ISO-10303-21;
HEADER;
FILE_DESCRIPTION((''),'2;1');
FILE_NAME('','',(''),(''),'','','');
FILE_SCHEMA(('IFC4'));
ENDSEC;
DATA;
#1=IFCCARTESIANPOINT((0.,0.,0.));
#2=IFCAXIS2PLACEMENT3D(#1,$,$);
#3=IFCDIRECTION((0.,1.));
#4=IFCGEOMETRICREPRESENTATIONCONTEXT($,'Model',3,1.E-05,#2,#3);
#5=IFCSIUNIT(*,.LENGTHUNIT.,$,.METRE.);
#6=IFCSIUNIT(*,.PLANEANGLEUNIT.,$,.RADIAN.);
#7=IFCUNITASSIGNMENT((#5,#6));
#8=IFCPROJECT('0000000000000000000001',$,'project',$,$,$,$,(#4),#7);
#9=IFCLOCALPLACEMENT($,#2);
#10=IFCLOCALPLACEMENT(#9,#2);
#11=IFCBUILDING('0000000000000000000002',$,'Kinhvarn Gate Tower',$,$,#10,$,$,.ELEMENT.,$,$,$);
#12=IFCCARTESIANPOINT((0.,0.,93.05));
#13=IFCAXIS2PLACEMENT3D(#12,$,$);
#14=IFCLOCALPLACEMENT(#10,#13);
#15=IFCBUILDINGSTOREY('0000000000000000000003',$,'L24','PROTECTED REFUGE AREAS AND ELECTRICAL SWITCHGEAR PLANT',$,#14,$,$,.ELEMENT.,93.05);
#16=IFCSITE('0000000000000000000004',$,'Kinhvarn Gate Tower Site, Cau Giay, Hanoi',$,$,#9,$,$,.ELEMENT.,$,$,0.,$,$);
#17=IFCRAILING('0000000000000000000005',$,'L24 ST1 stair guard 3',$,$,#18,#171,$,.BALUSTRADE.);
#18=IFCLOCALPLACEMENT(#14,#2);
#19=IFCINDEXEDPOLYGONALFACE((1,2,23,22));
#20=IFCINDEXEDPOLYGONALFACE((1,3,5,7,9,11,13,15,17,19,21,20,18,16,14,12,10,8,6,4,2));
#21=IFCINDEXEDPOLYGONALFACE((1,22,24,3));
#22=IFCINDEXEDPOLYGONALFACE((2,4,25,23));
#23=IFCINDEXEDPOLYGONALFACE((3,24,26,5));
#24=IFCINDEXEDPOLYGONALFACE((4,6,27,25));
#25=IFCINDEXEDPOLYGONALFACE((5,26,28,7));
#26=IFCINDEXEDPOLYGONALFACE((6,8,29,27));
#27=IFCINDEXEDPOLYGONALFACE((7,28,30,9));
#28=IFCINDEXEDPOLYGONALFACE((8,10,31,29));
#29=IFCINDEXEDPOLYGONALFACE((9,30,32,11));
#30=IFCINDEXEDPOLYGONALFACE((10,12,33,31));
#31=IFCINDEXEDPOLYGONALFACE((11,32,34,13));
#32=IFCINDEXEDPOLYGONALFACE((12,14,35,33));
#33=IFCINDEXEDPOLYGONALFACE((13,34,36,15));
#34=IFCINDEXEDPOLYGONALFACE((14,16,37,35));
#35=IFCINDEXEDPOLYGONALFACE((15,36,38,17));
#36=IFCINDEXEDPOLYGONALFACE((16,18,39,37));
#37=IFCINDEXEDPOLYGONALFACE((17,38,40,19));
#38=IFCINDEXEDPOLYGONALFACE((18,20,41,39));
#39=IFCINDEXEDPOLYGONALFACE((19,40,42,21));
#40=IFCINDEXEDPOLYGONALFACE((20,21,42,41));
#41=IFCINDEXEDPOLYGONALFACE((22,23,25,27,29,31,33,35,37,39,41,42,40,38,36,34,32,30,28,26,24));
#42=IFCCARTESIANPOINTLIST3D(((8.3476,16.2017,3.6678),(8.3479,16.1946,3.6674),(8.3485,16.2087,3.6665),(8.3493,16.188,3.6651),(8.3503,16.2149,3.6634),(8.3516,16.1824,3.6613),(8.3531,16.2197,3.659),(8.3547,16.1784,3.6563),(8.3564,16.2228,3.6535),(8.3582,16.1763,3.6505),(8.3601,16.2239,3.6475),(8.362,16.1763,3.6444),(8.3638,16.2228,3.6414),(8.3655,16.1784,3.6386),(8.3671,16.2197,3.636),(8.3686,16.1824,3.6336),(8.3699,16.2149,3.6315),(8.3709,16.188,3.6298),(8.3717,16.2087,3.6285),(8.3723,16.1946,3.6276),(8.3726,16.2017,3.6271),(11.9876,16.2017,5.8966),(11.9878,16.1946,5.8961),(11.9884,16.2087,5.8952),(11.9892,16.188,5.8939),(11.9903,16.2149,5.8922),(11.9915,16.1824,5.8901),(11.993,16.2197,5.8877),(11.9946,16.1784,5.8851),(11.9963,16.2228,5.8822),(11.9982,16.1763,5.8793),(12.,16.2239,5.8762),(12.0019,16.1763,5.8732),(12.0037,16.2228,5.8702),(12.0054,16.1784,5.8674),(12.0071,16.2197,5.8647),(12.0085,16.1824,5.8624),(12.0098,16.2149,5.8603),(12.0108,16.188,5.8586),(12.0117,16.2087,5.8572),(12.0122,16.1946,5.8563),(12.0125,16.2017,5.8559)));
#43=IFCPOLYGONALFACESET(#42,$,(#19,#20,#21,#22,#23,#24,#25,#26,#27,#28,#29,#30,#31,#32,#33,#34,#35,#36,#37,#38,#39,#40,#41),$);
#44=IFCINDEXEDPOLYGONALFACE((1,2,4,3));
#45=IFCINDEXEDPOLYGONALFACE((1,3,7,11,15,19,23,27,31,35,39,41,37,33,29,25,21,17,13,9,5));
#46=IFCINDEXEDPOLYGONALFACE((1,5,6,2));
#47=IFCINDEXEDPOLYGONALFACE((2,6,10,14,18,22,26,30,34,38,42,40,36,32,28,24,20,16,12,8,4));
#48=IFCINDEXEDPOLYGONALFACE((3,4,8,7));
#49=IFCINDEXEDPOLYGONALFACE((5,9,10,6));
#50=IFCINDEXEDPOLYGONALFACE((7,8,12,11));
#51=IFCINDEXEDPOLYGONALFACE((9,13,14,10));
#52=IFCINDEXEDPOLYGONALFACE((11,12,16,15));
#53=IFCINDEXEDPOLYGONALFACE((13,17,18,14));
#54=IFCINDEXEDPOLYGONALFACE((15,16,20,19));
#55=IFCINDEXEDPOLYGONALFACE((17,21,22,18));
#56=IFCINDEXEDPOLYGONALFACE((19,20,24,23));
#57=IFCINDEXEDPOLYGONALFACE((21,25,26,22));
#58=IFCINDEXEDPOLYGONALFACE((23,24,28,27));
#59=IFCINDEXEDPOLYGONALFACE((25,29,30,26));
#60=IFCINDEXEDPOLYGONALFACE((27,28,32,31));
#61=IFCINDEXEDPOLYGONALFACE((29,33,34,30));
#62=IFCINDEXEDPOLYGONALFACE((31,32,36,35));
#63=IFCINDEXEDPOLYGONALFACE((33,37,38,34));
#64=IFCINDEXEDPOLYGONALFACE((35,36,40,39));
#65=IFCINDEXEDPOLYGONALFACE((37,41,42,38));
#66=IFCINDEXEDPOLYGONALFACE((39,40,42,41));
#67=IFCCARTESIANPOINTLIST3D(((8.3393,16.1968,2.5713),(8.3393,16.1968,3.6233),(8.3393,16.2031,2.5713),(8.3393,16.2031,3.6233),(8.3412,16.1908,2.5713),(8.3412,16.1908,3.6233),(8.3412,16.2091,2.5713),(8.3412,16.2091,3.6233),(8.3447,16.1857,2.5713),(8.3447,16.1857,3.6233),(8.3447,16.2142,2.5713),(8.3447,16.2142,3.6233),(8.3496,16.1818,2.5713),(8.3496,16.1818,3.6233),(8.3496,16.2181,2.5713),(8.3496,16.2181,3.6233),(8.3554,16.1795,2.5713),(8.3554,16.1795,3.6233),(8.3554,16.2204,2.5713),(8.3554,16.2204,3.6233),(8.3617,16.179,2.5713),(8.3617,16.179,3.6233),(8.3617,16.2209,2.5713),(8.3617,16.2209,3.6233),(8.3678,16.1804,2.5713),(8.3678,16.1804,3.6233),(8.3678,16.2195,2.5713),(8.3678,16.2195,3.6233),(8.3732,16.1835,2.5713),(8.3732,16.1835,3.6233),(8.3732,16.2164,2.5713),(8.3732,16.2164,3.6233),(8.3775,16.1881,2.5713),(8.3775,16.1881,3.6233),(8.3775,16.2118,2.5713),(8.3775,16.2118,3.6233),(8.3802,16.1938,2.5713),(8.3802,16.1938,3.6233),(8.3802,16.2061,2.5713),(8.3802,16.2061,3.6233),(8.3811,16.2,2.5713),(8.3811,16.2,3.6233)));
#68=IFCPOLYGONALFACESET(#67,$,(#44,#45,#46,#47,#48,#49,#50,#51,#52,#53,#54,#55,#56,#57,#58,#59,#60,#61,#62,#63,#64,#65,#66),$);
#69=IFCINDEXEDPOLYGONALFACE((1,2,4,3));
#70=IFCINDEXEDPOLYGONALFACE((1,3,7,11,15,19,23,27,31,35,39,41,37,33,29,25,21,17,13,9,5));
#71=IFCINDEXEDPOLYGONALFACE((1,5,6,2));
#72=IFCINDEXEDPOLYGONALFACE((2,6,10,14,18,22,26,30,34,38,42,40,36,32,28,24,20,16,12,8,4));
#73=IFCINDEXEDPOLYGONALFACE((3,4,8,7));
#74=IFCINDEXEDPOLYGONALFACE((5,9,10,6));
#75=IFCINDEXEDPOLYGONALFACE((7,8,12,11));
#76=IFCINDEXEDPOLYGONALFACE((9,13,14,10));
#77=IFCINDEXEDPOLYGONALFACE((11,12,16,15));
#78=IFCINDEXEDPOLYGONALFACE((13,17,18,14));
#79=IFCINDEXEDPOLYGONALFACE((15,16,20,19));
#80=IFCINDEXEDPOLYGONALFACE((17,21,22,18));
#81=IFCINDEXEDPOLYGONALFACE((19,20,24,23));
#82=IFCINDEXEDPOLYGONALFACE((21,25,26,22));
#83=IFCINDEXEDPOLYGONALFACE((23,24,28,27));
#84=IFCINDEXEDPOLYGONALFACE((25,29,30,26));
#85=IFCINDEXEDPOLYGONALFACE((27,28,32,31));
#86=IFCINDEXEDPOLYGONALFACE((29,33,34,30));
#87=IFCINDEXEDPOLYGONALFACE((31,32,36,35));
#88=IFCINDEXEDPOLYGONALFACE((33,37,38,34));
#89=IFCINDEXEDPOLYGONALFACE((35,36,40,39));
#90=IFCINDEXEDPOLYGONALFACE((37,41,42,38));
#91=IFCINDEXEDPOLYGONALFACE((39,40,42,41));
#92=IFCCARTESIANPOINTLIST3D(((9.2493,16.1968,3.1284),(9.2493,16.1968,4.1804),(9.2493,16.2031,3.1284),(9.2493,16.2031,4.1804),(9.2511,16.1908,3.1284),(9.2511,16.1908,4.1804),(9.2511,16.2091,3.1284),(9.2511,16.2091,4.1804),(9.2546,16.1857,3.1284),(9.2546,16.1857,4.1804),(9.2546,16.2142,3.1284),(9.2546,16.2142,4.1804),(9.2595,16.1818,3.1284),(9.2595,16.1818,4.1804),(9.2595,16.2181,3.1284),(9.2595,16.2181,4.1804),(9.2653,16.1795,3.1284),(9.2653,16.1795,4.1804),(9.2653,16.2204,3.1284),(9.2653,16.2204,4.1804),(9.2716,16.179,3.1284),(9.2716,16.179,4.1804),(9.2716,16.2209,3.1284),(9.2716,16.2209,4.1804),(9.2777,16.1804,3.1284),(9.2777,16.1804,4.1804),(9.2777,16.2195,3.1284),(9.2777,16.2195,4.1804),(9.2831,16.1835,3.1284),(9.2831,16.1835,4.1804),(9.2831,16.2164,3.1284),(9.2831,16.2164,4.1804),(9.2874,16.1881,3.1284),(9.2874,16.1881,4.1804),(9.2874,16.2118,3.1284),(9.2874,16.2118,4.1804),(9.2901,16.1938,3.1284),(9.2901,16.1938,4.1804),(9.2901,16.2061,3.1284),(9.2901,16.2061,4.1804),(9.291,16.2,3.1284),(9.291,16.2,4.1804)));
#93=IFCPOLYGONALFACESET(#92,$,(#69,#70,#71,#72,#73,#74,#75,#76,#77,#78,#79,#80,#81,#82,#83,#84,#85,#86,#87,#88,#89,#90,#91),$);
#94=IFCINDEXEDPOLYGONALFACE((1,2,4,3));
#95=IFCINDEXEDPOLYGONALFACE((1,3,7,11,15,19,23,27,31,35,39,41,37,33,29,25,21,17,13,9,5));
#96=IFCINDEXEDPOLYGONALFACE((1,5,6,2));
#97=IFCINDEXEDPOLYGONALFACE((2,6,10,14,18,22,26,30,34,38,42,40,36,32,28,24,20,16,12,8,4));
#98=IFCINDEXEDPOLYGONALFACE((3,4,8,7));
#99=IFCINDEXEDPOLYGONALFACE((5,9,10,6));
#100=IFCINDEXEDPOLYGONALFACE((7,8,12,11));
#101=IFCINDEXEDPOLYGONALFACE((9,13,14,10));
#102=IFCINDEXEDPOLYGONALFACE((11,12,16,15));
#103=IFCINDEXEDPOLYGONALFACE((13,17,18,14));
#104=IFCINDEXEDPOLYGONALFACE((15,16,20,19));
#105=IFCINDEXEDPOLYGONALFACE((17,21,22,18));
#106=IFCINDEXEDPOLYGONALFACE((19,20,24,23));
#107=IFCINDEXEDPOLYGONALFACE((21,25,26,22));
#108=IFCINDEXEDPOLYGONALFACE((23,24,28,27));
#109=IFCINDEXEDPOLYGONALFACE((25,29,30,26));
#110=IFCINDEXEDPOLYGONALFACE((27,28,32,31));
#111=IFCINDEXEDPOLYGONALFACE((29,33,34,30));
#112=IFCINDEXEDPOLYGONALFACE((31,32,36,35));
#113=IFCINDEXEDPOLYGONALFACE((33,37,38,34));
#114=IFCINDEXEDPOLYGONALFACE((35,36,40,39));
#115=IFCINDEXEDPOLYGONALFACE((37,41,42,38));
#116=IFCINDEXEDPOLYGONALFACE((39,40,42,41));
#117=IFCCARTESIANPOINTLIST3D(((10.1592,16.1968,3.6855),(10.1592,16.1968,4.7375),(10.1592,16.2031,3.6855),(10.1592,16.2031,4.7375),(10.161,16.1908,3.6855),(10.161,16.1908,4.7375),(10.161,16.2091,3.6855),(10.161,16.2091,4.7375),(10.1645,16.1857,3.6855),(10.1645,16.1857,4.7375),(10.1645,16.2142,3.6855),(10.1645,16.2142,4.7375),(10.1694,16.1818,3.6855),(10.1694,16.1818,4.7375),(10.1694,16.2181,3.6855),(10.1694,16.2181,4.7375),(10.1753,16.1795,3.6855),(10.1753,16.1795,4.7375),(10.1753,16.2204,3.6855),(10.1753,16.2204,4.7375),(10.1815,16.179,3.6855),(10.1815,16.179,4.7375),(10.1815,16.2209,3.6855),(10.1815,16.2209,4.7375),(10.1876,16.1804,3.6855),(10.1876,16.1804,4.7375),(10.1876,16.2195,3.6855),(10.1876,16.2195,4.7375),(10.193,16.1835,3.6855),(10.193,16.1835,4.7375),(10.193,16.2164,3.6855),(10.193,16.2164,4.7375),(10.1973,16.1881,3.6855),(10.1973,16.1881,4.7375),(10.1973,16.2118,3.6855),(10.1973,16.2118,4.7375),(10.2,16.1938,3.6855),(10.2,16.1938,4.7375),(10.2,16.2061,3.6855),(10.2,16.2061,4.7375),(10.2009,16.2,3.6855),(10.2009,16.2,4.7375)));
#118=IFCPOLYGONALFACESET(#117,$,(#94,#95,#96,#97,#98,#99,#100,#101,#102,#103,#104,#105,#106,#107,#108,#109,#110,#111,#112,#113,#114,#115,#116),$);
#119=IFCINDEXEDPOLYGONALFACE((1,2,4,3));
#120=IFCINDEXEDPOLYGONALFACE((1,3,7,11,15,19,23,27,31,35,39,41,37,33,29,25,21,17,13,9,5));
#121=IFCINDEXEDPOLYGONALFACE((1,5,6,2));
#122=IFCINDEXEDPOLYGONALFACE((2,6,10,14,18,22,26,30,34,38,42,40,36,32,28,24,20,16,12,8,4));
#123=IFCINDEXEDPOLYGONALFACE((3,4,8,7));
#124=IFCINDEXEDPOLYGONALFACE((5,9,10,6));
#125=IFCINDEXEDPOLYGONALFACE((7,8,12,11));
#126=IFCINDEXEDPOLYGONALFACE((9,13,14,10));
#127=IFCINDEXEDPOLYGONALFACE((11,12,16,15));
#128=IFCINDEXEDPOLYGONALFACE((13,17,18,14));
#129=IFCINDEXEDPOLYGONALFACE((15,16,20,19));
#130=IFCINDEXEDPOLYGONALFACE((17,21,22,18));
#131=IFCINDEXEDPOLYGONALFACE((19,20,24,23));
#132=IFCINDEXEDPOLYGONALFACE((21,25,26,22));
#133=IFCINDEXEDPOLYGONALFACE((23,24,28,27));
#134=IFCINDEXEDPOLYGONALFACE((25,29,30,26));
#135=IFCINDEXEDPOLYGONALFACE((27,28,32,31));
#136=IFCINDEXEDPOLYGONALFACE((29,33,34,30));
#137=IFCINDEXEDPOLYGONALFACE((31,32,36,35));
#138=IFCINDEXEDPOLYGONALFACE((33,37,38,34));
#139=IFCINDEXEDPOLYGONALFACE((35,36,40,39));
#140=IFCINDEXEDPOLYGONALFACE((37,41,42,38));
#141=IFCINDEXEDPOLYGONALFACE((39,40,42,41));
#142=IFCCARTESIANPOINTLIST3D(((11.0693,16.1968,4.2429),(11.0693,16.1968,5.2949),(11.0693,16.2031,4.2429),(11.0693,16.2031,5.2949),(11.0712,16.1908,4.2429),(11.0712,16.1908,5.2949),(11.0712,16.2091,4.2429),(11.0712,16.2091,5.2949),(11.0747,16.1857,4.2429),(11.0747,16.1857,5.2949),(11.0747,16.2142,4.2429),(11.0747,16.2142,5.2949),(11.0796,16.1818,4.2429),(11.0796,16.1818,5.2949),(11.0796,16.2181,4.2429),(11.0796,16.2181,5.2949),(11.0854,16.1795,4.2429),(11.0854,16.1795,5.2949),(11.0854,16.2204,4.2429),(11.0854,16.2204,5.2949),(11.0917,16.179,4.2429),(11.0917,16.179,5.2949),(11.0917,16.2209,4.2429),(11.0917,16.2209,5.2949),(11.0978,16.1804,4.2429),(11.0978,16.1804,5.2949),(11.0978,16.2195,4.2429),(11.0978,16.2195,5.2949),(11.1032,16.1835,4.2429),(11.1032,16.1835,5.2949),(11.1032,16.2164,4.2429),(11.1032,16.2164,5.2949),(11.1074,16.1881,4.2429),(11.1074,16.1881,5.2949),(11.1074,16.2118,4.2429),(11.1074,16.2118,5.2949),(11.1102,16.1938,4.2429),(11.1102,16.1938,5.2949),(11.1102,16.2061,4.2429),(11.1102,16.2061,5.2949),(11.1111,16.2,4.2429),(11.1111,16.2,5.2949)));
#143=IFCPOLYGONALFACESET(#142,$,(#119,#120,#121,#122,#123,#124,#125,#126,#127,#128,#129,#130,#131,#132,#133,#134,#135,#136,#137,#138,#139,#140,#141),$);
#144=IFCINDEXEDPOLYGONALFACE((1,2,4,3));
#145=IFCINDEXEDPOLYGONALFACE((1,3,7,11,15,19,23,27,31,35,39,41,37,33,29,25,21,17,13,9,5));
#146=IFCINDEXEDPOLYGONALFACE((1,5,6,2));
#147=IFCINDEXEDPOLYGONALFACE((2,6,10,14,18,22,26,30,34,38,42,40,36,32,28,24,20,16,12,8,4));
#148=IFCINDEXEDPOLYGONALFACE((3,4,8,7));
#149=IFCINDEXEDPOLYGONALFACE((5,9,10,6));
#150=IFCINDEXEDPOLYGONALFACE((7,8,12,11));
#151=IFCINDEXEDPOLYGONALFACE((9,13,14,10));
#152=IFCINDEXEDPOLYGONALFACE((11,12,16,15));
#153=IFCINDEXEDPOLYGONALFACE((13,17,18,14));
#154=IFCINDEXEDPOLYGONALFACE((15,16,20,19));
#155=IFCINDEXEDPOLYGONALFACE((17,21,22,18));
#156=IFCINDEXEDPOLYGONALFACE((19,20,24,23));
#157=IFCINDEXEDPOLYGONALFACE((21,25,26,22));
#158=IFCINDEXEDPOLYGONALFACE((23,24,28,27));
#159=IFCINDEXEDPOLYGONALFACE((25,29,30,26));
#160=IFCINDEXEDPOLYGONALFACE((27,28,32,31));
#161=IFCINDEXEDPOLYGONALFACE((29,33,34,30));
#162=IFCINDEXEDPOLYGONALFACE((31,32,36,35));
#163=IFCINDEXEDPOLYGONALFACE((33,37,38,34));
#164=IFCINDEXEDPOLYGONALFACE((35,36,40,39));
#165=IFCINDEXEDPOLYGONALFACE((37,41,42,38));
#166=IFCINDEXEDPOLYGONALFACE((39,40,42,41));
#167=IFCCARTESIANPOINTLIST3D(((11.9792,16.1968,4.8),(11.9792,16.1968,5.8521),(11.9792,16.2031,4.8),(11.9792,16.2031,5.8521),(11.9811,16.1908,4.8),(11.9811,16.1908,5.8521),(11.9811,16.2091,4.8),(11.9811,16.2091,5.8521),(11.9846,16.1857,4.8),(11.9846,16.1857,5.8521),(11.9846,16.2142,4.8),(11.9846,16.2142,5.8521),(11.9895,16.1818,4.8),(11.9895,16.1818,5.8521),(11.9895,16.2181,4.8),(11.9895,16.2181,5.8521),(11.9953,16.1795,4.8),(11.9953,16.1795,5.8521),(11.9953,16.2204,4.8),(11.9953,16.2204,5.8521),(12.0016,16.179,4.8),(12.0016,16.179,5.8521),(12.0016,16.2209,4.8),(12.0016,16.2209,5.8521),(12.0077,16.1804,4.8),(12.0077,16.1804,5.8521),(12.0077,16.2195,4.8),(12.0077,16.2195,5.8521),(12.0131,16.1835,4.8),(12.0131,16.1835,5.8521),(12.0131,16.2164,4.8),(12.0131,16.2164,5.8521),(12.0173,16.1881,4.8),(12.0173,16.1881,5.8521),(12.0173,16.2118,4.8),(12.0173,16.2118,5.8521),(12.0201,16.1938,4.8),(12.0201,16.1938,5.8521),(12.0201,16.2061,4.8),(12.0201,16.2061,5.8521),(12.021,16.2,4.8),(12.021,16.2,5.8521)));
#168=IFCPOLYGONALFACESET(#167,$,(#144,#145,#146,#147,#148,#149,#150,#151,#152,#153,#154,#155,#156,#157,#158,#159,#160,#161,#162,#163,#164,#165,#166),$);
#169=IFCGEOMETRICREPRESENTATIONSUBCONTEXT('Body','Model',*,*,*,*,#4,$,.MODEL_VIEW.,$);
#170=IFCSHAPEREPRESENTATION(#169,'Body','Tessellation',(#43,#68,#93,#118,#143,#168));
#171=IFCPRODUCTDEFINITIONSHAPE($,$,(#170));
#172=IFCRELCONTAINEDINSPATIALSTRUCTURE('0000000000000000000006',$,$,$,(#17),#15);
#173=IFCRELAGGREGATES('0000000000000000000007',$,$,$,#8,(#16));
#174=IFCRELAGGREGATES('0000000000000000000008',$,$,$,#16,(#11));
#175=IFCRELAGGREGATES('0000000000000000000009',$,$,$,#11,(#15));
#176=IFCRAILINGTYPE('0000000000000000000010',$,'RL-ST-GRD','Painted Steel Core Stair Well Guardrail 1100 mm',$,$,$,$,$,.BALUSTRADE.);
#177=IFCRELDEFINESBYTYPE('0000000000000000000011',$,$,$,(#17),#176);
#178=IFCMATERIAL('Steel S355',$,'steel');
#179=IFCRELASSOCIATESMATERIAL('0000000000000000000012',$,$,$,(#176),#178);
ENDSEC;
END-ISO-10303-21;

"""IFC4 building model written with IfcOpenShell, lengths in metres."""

from ifc_helpers import new_model, si_unit, direction, frame, origin, origin_2d, place, context, subcontext, project, spatial, circle, extrude, material, type_object, element, save


model = new_model("IFC4")

# Units and contexts
model_context = context("Model", 3, precision=1e-05, world=origin(), true_north=direction((0.0, 1.0)))
body_context = subcontext(model_context, "Body", "Model", "MODEL_VIEW")
ifc_project = project(units=[si_unit("LENGTHUNIT", "METRE"), si_unit("PLANEANGLEUNIT", "RADIAN")], contexts=[model_context])

# Site, building, storey
site_placement = place(None, origin())
site = spatial("IfcSite", under=ifc_project, at=site_placement, Name="Kinhvarn Gate Tower Site, Cau Giay, Hanoi", CompositionType="ELEMENT", RefElevation=0.0)
building_placement = place(site_placement, origin())
building = spatial("IfcBuilding", under=site, at=building_placement, Name="Kinhvarn Gate Tower", CompositionType="ELEMENT")
storey_placement = place(building_placement, frame((0.0, 0.0, 93.05)))
storey = spatial("IfcBuildingStorey", under=building, at=storey_placement, Name="L24", Description="PROTECTED REFUGE AREAS AND ELECTRICAL SWITCHGEAR PLANT", CompositionType="ELEMENT", Elevation=93.05)

# Shared definitions
ifc_material_1 = material(Name="Steel S355", Category="steel")

# Railing
railing_type_1 = type_object("IfcRailingType", Name="RL-ST-GRD", Description="Painted Steel Core Stair Well Guardrail 1100 mm", PredefinedType="BALUSTRADE", material=ifc_material_1)
railing_1_placement = place(storey_placement, frame((8.3601, 16.2, 2.5713)))
element("IfcRailing", 1, at=railing_1_placement, inside=storey, type_object=railing_type_1, Name="L24 ST1 stair guard 3", PredefinedType="BALUSTRADE", context=body_context, shape_type="SweptSolid", body=[
    extrude(circle(Radius=0.0239, at=origin_2d()), frame((0.0, 0.0, 1.0762), z_axis=(0.852825, 0.0, 0.522197), x_axis=(0.0, 1.0, 0.0)), (0.0, 0.0, 1.0), 4.2681),
    extrude(circle(Radius=0.021, at=origin_2d()), origin(), (0.0, 0.0, 1.0), 1.052),
    extrude(circle(Radius=0.021, at=origin_2d()), frame((0.9099, 0.0, 0.5571)), (0.0, 0.0, 1.0), 1.052),
    extrude(circle(Radius=0.021, at=origin_2d()), frame((1.8198, 0.0, 1.1143)), (0.0, 0.0, 1.0), 1.052),
    extrude(circle(Radius=0.021, at=origin_2d()), frame((2.73, 0.0, 1.6716)), (0.0, 0.0, 1.0), 1.052),
    extrude(circle(Radius=0.021, at=origin_2d()), frame((3.6399, 0.0, 2.2288)), (0.0, 0.0, 1.0), 1.052),
])

save(model, "model.ifc")
